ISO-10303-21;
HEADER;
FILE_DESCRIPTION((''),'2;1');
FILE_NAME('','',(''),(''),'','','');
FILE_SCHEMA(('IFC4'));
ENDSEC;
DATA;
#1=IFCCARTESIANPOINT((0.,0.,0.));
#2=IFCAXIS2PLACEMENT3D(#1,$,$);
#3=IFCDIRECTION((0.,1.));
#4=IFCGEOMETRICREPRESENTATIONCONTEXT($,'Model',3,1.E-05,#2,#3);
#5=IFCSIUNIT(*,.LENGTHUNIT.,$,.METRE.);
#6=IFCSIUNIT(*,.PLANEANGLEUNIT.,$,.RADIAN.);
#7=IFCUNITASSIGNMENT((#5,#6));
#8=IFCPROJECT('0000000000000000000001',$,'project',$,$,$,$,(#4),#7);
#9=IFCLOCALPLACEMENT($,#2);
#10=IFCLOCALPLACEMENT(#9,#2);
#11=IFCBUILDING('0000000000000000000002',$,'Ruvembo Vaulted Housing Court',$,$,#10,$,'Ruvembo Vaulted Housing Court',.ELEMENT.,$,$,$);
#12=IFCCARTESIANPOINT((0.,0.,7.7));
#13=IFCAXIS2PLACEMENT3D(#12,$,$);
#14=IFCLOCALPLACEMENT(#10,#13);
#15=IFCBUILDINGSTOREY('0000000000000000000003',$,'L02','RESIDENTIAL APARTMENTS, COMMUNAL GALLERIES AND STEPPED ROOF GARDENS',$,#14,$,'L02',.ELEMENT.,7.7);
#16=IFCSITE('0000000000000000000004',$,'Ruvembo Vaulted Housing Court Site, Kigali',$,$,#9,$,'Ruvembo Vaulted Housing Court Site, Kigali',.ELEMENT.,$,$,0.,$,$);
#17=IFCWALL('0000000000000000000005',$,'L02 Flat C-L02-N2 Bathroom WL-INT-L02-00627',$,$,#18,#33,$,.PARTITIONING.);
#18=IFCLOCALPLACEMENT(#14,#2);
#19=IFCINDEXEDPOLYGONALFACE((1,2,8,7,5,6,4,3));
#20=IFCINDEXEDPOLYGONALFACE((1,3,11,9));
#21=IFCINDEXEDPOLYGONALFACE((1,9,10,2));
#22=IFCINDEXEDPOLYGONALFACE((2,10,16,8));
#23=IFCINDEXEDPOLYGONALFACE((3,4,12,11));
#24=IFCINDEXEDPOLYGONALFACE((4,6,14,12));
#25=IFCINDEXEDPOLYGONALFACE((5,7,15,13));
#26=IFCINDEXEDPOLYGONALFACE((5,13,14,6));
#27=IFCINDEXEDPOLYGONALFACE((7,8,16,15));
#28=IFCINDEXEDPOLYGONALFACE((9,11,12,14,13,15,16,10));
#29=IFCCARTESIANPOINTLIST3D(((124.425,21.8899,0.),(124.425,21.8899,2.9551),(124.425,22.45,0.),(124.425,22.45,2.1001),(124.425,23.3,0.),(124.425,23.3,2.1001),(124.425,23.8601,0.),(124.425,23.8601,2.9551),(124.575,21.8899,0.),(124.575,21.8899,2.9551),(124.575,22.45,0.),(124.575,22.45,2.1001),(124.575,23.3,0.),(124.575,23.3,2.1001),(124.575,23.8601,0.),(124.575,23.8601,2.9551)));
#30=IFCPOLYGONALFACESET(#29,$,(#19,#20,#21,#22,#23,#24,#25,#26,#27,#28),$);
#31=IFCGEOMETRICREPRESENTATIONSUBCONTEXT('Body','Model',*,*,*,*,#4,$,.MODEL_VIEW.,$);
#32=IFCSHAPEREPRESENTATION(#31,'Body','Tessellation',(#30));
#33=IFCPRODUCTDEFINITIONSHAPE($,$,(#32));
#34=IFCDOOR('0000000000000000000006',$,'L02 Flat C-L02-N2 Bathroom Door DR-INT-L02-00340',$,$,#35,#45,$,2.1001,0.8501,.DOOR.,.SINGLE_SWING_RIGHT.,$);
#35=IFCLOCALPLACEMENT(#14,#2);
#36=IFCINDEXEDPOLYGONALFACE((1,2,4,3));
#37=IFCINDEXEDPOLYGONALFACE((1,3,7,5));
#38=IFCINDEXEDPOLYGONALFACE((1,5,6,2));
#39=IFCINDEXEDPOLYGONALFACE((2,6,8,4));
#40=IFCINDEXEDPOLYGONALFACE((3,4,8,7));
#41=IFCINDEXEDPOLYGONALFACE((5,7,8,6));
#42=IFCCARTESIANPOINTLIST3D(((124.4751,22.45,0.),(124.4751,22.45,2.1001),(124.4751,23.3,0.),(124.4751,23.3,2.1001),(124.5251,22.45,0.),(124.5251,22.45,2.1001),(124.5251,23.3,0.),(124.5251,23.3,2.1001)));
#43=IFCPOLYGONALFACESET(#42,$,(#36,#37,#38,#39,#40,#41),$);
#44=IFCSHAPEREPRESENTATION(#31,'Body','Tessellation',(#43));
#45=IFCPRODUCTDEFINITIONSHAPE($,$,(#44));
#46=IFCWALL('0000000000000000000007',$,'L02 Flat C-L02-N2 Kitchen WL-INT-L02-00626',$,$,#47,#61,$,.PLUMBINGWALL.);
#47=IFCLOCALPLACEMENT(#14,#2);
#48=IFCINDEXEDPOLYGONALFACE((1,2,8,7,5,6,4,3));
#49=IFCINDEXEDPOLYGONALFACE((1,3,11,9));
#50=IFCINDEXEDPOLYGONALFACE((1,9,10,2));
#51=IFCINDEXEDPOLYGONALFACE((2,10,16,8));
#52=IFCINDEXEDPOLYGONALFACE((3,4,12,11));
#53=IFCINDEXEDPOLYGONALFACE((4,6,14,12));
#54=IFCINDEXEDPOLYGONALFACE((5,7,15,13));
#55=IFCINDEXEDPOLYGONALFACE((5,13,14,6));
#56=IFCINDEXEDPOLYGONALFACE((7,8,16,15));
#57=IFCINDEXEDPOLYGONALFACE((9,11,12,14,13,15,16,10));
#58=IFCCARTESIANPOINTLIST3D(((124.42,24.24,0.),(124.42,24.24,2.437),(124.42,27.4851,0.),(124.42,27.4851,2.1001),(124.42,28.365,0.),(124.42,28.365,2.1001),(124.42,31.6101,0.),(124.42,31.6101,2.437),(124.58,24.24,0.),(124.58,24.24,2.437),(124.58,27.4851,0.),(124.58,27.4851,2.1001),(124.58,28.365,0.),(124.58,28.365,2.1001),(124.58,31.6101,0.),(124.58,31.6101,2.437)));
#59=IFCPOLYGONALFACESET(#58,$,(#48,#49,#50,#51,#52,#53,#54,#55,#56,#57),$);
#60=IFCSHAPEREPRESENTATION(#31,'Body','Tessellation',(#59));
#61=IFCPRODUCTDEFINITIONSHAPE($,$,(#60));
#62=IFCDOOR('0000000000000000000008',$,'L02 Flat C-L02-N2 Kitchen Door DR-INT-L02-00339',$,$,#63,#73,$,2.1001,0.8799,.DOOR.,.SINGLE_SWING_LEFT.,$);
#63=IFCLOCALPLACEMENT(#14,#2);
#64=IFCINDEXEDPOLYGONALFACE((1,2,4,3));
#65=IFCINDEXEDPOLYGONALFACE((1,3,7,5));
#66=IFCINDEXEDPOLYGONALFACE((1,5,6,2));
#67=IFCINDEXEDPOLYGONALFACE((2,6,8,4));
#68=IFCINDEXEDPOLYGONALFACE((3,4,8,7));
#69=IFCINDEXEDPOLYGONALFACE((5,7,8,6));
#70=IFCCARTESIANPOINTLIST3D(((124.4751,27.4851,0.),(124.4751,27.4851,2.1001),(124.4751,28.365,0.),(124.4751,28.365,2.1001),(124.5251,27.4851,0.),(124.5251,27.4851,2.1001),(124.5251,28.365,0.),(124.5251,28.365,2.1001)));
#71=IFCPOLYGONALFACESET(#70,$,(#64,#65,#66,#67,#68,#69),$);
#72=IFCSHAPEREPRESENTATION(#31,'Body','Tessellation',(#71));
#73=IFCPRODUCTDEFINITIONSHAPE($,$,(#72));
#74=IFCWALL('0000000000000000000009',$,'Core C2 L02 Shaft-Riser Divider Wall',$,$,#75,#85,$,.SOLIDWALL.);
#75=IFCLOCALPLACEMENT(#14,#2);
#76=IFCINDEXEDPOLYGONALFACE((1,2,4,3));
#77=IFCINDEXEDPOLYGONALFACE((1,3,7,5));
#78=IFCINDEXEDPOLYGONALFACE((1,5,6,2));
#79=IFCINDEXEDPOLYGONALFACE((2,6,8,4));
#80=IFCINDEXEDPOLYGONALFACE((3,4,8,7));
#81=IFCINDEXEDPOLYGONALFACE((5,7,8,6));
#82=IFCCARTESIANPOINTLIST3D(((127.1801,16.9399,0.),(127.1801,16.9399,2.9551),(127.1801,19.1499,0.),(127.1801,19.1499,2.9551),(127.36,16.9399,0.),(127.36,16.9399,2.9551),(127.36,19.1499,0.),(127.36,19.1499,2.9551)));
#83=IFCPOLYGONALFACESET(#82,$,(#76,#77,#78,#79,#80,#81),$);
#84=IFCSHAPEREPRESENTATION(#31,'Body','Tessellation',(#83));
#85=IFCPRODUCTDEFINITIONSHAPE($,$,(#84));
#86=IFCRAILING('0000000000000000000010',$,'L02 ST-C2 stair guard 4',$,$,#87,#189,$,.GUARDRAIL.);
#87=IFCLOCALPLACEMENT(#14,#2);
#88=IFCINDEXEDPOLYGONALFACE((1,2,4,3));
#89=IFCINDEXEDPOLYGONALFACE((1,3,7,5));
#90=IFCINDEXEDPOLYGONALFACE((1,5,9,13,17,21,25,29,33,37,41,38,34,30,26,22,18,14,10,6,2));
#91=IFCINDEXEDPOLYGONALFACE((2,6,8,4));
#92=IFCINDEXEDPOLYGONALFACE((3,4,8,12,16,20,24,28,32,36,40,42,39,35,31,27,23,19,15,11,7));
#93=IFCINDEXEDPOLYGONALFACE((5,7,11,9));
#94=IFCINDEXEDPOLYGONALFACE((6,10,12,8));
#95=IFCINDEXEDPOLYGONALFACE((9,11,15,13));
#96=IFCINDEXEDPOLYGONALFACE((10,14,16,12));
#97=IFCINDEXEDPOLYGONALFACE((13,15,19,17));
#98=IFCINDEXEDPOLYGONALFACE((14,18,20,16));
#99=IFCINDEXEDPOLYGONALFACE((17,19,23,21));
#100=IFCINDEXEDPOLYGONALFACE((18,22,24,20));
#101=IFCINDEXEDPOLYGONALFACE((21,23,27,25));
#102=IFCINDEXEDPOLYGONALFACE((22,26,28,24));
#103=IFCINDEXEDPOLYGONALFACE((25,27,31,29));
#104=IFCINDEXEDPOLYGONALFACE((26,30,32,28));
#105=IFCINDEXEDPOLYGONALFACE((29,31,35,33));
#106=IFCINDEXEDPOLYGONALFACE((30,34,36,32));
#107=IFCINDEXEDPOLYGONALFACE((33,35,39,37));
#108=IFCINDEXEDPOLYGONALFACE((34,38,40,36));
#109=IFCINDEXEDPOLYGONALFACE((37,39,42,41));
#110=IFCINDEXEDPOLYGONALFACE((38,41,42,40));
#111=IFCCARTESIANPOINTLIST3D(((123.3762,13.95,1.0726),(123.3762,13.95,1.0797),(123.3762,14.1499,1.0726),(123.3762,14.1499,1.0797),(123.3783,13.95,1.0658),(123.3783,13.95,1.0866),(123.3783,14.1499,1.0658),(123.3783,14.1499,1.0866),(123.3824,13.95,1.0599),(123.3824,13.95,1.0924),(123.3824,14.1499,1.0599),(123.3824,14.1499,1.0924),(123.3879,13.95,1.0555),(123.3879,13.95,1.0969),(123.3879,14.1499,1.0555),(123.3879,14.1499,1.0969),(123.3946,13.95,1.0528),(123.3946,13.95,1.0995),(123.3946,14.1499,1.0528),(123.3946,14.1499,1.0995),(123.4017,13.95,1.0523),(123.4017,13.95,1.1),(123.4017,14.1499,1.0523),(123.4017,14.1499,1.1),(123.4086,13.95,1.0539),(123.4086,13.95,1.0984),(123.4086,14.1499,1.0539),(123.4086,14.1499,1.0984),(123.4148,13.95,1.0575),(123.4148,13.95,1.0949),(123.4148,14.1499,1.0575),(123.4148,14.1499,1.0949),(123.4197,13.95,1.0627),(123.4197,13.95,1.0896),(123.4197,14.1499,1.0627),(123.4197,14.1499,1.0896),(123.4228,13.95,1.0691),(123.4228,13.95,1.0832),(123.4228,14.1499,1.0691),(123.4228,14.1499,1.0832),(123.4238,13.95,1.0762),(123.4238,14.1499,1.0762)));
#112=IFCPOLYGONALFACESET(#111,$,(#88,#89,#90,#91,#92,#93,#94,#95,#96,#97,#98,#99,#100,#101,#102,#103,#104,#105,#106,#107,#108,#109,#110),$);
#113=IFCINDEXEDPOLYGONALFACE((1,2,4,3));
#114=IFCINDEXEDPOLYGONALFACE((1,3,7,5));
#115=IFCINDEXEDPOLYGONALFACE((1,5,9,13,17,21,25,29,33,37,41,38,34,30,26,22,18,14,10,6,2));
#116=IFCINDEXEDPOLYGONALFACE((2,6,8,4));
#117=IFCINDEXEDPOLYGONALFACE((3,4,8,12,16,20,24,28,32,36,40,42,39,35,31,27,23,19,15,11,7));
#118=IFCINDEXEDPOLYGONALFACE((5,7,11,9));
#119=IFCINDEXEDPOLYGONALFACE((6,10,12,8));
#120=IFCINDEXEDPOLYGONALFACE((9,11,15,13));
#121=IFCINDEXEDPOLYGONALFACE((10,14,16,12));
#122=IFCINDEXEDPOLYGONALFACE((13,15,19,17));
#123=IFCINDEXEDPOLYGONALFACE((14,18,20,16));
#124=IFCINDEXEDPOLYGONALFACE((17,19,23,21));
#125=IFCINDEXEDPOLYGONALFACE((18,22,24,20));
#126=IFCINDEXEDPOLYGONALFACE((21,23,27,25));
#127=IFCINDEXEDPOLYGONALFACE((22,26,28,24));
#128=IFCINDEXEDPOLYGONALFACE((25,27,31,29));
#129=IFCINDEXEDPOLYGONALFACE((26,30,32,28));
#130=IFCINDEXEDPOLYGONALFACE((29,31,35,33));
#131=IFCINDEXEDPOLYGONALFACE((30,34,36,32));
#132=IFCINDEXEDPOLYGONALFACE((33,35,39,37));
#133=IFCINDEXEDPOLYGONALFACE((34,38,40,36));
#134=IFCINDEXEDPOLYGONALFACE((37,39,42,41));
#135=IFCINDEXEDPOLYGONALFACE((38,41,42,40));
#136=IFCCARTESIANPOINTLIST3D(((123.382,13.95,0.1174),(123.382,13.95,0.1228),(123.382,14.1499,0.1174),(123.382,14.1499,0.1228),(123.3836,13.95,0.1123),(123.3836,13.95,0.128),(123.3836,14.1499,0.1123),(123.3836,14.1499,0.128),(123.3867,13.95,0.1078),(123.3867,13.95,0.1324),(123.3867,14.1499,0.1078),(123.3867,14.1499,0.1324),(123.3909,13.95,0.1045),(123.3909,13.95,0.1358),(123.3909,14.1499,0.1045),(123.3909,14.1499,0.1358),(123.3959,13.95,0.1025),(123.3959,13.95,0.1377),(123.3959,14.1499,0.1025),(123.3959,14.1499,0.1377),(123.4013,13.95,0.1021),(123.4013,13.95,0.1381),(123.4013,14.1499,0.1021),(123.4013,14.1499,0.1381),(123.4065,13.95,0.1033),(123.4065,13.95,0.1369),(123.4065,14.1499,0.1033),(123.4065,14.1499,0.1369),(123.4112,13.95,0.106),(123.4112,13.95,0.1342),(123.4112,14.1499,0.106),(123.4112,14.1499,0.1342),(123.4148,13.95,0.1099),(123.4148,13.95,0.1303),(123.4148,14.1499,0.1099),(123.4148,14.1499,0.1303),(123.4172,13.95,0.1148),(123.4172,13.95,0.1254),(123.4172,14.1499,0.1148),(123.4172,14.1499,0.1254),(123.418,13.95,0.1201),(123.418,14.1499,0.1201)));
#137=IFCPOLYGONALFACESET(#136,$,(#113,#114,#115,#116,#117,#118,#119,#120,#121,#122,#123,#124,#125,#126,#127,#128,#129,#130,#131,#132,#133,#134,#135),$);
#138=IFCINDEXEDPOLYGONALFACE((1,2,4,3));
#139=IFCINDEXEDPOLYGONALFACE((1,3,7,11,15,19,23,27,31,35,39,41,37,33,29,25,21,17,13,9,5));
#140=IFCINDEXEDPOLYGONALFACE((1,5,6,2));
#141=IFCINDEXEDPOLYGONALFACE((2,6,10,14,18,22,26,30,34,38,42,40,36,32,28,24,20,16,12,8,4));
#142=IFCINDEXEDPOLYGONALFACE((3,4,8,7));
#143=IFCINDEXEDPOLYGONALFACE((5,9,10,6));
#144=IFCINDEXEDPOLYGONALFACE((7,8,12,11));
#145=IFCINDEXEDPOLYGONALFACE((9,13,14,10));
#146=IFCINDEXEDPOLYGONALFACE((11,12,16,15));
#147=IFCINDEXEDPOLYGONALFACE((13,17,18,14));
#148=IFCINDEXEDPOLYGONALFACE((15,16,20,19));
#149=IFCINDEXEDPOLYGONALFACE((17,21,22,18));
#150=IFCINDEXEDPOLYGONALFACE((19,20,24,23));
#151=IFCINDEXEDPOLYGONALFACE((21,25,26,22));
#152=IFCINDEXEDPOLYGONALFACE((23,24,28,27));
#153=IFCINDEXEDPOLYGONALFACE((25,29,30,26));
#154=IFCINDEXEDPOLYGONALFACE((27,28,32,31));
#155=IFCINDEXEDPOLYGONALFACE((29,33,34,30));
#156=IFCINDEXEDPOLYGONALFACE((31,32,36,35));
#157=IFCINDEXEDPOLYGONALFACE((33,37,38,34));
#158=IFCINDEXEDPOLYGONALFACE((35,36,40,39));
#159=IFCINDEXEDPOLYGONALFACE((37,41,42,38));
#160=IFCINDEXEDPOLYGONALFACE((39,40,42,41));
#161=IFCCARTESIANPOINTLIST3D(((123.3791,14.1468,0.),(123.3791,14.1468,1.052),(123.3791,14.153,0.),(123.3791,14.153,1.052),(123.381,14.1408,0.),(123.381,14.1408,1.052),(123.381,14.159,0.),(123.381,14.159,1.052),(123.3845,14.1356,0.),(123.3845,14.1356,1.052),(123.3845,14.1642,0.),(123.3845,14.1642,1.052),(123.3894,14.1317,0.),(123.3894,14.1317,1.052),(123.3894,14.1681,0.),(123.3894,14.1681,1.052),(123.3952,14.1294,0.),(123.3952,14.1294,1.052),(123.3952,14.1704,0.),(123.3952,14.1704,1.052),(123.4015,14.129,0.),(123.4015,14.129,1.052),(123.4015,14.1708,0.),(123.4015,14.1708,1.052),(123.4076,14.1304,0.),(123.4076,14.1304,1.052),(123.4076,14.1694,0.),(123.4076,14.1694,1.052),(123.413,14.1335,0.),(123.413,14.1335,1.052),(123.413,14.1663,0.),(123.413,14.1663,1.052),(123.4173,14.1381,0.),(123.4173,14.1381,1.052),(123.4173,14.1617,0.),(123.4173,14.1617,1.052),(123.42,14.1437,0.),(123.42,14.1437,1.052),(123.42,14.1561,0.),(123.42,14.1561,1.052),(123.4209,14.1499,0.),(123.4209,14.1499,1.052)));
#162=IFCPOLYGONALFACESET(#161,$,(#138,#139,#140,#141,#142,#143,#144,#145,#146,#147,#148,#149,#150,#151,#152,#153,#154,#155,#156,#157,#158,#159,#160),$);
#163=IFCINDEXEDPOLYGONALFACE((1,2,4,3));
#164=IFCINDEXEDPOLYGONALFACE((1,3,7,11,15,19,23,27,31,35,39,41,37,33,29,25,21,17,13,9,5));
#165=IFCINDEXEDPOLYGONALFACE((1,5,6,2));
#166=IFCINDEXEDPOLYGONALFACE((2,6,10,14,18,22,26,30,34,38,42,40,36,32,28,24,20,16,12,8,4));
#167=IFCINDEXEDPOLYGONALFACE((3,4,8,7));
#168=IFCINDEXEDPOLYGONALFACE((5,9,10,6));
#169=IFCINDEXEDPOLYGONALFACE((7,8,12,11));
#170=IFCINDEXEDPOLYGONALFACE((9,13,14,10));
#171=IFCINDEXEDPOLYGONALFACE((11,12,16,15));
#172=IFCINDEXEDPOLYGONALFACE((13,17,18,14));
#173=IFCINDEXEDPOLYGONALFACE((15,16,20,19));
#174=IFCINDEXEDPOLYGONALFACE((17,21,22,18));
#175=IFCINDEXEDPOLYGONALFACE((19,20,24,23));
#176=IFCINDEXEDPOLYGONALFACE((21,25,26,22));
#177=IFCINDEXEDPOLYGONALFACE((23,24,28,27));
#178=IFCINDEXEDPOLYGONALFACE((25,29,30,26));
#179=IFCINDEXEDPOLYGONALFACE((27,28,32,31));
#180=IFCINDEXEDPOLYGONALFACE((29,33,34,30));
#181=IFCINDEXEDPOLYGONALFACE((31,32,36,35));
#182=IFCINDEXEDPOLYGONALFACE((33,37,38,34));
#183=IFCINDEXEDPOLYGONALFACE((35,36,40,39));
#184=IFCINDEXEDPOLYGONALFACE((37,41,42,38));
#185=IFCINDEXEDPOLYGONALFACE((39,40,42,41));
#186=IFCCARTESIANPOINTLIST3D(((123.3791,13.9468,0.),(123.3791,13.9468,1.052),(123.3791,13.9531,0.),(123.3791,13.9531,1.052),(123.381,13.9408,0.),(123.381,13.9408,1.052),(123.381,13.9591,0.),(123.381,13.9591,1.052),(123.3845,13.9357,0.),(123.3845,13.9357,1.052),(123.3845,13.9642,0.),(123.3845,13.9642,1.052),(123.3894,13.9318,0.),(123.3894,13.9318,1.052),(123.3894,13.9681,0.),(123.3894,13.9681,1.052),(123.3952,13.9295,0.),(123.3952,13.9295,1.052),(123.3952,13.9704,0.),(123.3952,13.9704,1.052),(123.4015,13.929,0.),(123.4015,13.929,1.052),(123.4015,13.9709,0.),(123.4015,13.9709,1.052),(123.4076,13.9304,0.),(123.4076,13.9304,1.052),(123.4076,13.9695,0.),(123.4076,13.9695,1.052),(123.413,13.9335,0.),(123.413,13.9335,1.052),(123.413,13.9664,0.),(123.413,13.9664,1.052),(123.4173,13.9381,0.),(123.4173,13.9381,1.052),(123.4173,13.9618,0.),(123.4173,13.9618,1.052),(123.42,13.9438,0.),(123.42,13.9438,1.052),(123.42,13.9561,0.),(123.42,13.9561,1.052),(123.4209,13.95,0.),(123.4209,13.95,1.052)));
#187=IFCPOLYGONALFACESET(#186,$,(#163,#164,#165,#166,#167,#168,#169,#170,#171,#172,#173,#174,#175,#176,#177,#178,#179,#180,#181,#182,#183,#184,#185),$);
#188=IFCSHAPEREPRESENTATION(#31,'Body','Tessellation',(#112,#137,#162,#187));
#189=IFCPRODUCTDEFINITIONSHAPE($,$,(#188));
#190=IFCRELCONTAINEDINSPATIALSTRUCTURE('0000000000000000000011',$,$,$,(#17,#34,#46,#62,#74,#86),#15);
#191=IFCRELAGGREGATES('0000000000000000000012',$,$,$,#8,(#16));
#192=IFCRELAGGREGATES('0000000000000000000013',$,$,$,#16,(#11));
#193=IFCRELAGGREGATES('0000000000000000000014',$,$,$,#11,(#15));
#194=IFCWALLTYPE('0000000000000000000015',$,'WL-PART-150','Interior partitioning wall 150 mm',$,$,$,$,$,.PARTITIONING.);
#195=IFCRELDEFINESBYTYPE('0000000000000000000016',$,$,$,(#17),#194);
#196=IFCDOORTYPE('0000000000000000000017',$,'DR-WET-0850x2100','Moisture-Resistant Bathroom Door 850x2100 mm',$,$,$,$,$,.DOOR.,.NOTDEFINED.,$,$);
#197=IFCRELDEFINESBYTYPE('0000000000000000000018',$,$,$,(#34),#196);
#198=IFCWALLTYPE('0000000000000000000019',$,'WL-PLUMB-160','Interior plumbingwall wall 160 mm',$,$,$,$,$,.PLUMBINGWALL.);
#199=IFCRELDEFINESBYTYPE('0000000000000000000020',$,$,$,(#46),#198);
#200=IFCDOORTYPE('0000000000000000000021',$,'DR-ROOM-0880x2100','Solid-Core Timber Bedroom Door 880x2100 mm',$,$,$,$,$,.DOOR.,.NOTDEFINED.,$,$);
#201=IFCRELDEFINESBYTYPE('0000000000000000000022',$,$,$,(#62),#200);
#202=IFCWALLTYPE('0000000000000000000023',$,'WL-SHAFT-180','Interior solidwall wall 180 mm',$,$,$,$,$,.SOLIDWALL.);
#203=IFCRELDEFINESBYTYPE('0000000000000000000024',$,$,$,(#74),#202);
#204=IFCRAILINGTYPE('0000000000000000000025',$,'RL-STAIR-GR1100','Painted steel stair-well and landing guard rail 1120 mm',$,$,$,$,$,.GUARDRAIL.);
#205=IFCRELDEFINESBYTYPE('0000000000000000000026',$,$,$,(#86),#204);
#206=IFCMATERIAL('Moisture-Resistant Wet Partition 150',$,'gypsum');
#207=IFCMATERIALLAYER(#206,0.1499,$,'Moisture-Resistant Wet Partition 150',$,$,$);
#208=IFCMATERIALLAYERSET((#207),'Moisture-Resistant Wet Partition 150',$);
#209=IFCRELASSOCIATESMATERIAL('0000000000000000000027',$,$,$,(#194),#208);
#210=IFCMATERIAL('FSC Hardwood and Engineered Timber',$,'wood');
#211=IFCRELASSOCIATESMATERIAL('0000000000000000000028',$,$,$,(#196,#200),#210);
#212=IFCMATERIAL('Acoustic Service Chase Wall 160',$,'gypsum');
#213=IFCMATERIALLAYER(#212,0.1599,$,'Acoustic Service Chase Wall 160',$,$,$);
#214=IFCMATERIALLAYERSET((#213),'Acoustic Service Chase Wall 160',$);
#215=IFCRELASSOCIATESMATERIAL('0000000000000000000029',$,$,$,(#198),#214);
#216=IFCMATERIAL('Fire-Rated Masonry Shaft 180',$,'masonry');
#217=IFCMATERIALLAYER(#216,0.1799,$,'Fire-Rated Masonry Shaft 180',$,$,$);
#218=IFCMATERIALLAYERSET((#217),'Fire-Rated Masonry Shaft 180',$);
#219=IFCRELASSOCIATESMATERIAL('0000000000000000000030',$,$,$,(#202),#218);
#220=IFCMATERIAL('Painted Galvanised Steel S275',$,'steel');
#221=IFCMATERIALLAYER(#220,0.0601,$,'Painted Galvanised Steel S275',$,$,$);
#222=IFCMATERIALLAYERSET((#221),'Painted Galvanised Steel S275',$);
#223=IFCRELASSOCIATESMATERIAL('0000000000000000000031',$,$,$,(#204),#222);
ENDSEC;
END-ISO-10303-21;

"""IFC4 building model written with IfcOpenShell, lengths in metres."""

from ifc_helpers import new_model, si_unit, direction, frame, frame_2d, origin, origin_2d, place, context, subcontext, project, spatial, rectangle, circle, extrude, material, layer, layer_set, type_object, element, fill, save


model = new_model("IFC4")

# Units and contexts
model_context = context("Model", 3, precision=1e-05, world=origin(), true_north=direction((0.0, 1.0)))
body_context = subcontext(model_context, "Body", "Model", "MODEL_VIEW")
ifc_project = project(units=[si_unit("LENGTHUNIT", "METRE"), si_unit("PLANEANGLEUNIT", "RADIAN")], contexts=[model_context])

# Site, building, storey
site_placement = place(None, origin())
site = spatial("IfcSite", under=ifc_project, at=site_placement, Name="Ruvembo Vaulted Housing Court Site, Kigali", LongName="Ruvembo Vaulted Housing Court Site, Kigali", CompositionType="ELEMENT", RefElevation=0.0)
building_placement = place(site_placement, origin())
building = spatial("IfcBuilding", under=site, at=building_placement, Name="Ruvembo Vaulted Housing Court", LongName="Ruvembo Vaulted Housing Court", CompositionType="ELEMENT")
storey_placement = place(building_placement, frame((0.0, 0.0, 7.7)))
storey = spatial("IfcBuildingStorey", under=building, at=storey_placement, Name="L02", Description="RESIDENTIAL APARTMENTS, COMMUNAL GALLERIES AND STEPPED ROOF GARDENS", LongName="L02", CompositionType="ELEMENT", Elevation=7.7)

# Walls, openings, doors
ifc_material_1 = material(Name="FSC Hardwood and Engineered Timber", Category="wood")
ifc_material_2 = material(Name="Moisture-Resistant Wet Partition 150", Category="gypsum")
ifc_layer_1 = layer(ifc_material_2, 0.1499, Name="Moisture-Resistant Wet Partition 150")
ifc_layer_set_1 = layer_set([ifc_layer_1], Name="Moisture-Resistant Wet Partition 150")
wall_type_1 = type_object("IfcWallType", Name="WL-PART-150", Description="Interior partitioning wall 150 mm", PredefinedType="PARTITIONING", material=ifc_layer_set_1)
wall_1_placement = place(storey_placement, frame((124.5, 21.8899, 0.0), z_axis=(0.0, 0.0, 1.0), x_axis=(0.0, 1.0, 0.0)))
wall_1 = element("IfcWall", 1, at=wall_1_placement, inside=storey, type_object=wall_type_1, Name="L02 Flat C-L02-N2 Bathroom WL-INT-L02-00627", PredefinedType="PARTITIONING", context=body_context, shape_type="SweptSolid", body=[
    extrude(rectangle(XDim=1.9702, YDim=0.1499, at=frame_2d((0.9851, 0.0))), origin(), (0.0, 0.0, 1.0), 2.9551),
])
opening_1_placement = place(wall_1_placement, frame((0.5601, 0.0, 0.0)))
opening_1 = element("IfcOpeningElement", 2, at=opening_1_placement, cuts=wall_1, PredefinedType="OPENING", context=body_context, shape_type="SweptSolid", body=[
    extrude(rectangle(XDim=0.8501, YDim=2.1001, at=frame_2d((0.425, 1.05))), frame((0.0, 0.085, 0.0), z_axis=(0.0, -1.0, 0.0), x_axis=(1.0, 0.0, 0.0)), (0.0, 0.0, 1.0), 0.1699),
])
door_type_1 = type_object("IfcDoorType", Name="DR-WET-0850x2100", Description="Moisture-Resistant Bathroom Door 850x2100 mm", OperationType="NOTDEFINED", PredefinedType="DOOR", material=ifc_material_1)
door_1_placement = place(opening_1_placement, origin())
door_1 = element("IfcDoor", 3, at=door_1_placement, inside=storey, type_object=door_type_1, Name="L02 Flat C-L02-N2 Bathroom Door DR-INT-L02-00340", OperationType="SINGLE_SWING_RIGHT", OverallHeight=2.1001, OverallWidth=0.8501, PredefinedType="DOOR", context=body_context, shape_type="SweptSolid", body=[
    extrude(rectangle(XDim=0.8501, YDim=2.1001, at=frame_2d((0.425, 1.05))), frame((0.0, 0.0249, 0.0), z_axis=(0.0, -1.0, 0.0), x_axis=(1.0, 0.0, 0.0)), (0.0, 0.0, 1.0), 0.05),
])
fill(opening_1, door_1)
ifc_material_3 = material(Name="Acoustic Service Chase Wall 160", Category="gypsum")
ifc_layer_2 = layer(ifc_material_3, 0.1599, Name="Acoustic Service Chase Wall 160")
ifc_layer_set_2 = layer_set([ifc_layer_2], Name="Acoustic Service Chase Wall 160")
wall_type_2 = type_object("IfcWallType", Name="WL-PLUMB-160", Description="Interior plumbingwall wall 160 mm", PredefinedType="PLUMBINGWALL", material=ifc_layer_set_2)
wall_2_placement = place(storey_placement, frame((124.5, 24.24, 0.0), z_axis=(0.0, 0.0, 1.0), x_axis=(0.0, 1.0, 0.0)))
wall_2 = element("IfcWall", 4, at=wall_2_placement, inside=storey, type_object=wall_type_2, Name="L02 Flat C-L02-N2 Kitchen WL-INT-L02-00626", PredefinedType="PLUMBINGWALL", context=body_context, shape_type="SweptSolid", body=[
    extrude(rectangle(XDim=7.3701, YDim=0.1599, at=frame_2d((3.6851, 0.0))), origin(), (0.0, 0.0, 1.0), 2.437),
])
opening_2_placement = place(wall_2_placement, frame((3.2451, 0.0, 0.0)))
opening_2 = element("IfcOpeningElement", 5, at=opening_2_placement, cuts=wall_2, PredefinedType="OPENING", context=body_context, shape_type="SweptSolid", body=[
    extrude(rectangle(XDim=0.8799, YDim=2.1001, at=frame_2d((0.4399, 1.05))), frame((0.0, 0.0898, 0.0), z_axis=(0.0, -1.0, 0.0), x_axis=(1.0, 0.0, 0.0)), (0.0, 0.0, 1.0), 0.1799),
])
door_type_2 = type_object("IfcDoorType", Name="DR-ROOM-0880x2100", Description="Solid-Core Timber Bedroom Door 880x2100 mm", OperationType="NOTDEFINED", PredefinedType="DOOR", material=ifc_material_1)
door_2_placement = place(opening_2_placement, origin())
door_2 = element("IfcDoor", 6, at=door_2_placement, inside=storey, type_object=door_type_2, Name="L02 Flat C-L02-N2 Kitchen Door DR-INT-L02-00339", OperationType="SINGLE_SWING_LEFT", OverallHeight=2.1001, OverallWidth=0.8799, PredefinedType="DOOR", context=body_context, shape_type="SweptSolid", body=[
    extrude(rectangle(XDim=0.8799, YDim=2.1001, at=frame_2d((0.4399, 1.05))), frame((0.0, 0.0249, 0.0), z_axis=(0.0, -1.0, 0.0), x_axis=(1.0, 0.0, 0.0)), (0.0, 0.0, 1.0), 0.05),
])
fill(opening_2, door_2)

# Shared definitions
ifc_material_4 = material(Name="Fire-Rated Masonry Shaft 180", Category="masonry")
ifc_layer_3 = layer(ifc_material_4, 0.1799, Name="Fire-Rated Masonry Shaft 180")
ifc_layer_set_3 = layer_set([ifc_layer_3], Name="Fire-Rated Masonry Shaft 180")
wall_type_3 = type_object("IfcWallType", Name="WL-SHAFT-180", Description="Interior solidwall wall 180 mm", PredefinedType="SOLIDWALL", material=ifc_layer_set_3)

# Wall
wall_3_placement = place(storey_placement, frame((127.27, 16.9399, 0.0), z_axis=(0.0, 0.0, 1.0), x_axis=(0.0, 1.0, 0.0)))
element("IfcWall", 7, at=wall_3_placement, inside=storey, type_object=wall_type_3, Name="Core C2 L02 Shaft-Riser Divider Wall", PredefinedType="SOLIDWALL", context=body_context, shape_type="SweptSolid", body=[
    extrude(rectangle(XDim=2.21, YDim=0.1799, at=frame_2d((1.105, 0.0))), origin(), (0.0, 0.0, 1.0), 2.9551),
])

# Railing
ifc_material_5 = material(Name="Painted Galvanised Steel S275", Category="steel")
ifc_layer_4 = layer(ifc_material_5, 0.0601, Name="Painted Galvanised Steel S275")
ifc_layer_set_4 = layer_set([ifc_layer_4], Name="Painted Galvanised Steel S275")
railing_type_1 = type_object("IfcRailingType", Name="RL-STAIR-GR1100", Description="Painted steel stair-well and landing guard rail 1120 mm", PredefinedType="GUARDRAIL", material=ifc_layer_set_4)
railing_1_placement = place(storey_placement, frame((123.3999, 14.1499, 0.0)))
element("IfcRailing", 8, at=railing_1_placement, inside=storey, type_object=railing_type_1, Name="L02 ST-C2 stair guard 4", PredefinedType="GUARDRAIL", context=body_context, shape_type="SweptSolid", body=[
    extrude(circle(Radius=0.0239, at=origin_2d()), frame((0.0, 0.0, 1.0762), z_axis=(0.0, -1.0, 0.0), x_axis=(1.0, 0.0, 0.0)), (0.0, 0.0, 1.0), 0.2),
    extrude(circle(Radius=0.0181, at=origin_2d()), frame((0.0, 0.0, 0.1201), z_axis=(0.0, -1.0, 0.0), x_axis=(1.0, 0.0, 0.0)), (0.0, 0.0, 1.0), 0.2),
    extrude(circle(Radius=0.021, at=origin_2d()), origin(), (0.0, 0.0, 1.0), 1.052),
    extrude(circle(Radius=0.021, at=origin_2d()), frame((0.0, -0.2, 0.0)), (0.0, 0.0, 1.0), 1.052),
])

save(model, "model.ifc")
